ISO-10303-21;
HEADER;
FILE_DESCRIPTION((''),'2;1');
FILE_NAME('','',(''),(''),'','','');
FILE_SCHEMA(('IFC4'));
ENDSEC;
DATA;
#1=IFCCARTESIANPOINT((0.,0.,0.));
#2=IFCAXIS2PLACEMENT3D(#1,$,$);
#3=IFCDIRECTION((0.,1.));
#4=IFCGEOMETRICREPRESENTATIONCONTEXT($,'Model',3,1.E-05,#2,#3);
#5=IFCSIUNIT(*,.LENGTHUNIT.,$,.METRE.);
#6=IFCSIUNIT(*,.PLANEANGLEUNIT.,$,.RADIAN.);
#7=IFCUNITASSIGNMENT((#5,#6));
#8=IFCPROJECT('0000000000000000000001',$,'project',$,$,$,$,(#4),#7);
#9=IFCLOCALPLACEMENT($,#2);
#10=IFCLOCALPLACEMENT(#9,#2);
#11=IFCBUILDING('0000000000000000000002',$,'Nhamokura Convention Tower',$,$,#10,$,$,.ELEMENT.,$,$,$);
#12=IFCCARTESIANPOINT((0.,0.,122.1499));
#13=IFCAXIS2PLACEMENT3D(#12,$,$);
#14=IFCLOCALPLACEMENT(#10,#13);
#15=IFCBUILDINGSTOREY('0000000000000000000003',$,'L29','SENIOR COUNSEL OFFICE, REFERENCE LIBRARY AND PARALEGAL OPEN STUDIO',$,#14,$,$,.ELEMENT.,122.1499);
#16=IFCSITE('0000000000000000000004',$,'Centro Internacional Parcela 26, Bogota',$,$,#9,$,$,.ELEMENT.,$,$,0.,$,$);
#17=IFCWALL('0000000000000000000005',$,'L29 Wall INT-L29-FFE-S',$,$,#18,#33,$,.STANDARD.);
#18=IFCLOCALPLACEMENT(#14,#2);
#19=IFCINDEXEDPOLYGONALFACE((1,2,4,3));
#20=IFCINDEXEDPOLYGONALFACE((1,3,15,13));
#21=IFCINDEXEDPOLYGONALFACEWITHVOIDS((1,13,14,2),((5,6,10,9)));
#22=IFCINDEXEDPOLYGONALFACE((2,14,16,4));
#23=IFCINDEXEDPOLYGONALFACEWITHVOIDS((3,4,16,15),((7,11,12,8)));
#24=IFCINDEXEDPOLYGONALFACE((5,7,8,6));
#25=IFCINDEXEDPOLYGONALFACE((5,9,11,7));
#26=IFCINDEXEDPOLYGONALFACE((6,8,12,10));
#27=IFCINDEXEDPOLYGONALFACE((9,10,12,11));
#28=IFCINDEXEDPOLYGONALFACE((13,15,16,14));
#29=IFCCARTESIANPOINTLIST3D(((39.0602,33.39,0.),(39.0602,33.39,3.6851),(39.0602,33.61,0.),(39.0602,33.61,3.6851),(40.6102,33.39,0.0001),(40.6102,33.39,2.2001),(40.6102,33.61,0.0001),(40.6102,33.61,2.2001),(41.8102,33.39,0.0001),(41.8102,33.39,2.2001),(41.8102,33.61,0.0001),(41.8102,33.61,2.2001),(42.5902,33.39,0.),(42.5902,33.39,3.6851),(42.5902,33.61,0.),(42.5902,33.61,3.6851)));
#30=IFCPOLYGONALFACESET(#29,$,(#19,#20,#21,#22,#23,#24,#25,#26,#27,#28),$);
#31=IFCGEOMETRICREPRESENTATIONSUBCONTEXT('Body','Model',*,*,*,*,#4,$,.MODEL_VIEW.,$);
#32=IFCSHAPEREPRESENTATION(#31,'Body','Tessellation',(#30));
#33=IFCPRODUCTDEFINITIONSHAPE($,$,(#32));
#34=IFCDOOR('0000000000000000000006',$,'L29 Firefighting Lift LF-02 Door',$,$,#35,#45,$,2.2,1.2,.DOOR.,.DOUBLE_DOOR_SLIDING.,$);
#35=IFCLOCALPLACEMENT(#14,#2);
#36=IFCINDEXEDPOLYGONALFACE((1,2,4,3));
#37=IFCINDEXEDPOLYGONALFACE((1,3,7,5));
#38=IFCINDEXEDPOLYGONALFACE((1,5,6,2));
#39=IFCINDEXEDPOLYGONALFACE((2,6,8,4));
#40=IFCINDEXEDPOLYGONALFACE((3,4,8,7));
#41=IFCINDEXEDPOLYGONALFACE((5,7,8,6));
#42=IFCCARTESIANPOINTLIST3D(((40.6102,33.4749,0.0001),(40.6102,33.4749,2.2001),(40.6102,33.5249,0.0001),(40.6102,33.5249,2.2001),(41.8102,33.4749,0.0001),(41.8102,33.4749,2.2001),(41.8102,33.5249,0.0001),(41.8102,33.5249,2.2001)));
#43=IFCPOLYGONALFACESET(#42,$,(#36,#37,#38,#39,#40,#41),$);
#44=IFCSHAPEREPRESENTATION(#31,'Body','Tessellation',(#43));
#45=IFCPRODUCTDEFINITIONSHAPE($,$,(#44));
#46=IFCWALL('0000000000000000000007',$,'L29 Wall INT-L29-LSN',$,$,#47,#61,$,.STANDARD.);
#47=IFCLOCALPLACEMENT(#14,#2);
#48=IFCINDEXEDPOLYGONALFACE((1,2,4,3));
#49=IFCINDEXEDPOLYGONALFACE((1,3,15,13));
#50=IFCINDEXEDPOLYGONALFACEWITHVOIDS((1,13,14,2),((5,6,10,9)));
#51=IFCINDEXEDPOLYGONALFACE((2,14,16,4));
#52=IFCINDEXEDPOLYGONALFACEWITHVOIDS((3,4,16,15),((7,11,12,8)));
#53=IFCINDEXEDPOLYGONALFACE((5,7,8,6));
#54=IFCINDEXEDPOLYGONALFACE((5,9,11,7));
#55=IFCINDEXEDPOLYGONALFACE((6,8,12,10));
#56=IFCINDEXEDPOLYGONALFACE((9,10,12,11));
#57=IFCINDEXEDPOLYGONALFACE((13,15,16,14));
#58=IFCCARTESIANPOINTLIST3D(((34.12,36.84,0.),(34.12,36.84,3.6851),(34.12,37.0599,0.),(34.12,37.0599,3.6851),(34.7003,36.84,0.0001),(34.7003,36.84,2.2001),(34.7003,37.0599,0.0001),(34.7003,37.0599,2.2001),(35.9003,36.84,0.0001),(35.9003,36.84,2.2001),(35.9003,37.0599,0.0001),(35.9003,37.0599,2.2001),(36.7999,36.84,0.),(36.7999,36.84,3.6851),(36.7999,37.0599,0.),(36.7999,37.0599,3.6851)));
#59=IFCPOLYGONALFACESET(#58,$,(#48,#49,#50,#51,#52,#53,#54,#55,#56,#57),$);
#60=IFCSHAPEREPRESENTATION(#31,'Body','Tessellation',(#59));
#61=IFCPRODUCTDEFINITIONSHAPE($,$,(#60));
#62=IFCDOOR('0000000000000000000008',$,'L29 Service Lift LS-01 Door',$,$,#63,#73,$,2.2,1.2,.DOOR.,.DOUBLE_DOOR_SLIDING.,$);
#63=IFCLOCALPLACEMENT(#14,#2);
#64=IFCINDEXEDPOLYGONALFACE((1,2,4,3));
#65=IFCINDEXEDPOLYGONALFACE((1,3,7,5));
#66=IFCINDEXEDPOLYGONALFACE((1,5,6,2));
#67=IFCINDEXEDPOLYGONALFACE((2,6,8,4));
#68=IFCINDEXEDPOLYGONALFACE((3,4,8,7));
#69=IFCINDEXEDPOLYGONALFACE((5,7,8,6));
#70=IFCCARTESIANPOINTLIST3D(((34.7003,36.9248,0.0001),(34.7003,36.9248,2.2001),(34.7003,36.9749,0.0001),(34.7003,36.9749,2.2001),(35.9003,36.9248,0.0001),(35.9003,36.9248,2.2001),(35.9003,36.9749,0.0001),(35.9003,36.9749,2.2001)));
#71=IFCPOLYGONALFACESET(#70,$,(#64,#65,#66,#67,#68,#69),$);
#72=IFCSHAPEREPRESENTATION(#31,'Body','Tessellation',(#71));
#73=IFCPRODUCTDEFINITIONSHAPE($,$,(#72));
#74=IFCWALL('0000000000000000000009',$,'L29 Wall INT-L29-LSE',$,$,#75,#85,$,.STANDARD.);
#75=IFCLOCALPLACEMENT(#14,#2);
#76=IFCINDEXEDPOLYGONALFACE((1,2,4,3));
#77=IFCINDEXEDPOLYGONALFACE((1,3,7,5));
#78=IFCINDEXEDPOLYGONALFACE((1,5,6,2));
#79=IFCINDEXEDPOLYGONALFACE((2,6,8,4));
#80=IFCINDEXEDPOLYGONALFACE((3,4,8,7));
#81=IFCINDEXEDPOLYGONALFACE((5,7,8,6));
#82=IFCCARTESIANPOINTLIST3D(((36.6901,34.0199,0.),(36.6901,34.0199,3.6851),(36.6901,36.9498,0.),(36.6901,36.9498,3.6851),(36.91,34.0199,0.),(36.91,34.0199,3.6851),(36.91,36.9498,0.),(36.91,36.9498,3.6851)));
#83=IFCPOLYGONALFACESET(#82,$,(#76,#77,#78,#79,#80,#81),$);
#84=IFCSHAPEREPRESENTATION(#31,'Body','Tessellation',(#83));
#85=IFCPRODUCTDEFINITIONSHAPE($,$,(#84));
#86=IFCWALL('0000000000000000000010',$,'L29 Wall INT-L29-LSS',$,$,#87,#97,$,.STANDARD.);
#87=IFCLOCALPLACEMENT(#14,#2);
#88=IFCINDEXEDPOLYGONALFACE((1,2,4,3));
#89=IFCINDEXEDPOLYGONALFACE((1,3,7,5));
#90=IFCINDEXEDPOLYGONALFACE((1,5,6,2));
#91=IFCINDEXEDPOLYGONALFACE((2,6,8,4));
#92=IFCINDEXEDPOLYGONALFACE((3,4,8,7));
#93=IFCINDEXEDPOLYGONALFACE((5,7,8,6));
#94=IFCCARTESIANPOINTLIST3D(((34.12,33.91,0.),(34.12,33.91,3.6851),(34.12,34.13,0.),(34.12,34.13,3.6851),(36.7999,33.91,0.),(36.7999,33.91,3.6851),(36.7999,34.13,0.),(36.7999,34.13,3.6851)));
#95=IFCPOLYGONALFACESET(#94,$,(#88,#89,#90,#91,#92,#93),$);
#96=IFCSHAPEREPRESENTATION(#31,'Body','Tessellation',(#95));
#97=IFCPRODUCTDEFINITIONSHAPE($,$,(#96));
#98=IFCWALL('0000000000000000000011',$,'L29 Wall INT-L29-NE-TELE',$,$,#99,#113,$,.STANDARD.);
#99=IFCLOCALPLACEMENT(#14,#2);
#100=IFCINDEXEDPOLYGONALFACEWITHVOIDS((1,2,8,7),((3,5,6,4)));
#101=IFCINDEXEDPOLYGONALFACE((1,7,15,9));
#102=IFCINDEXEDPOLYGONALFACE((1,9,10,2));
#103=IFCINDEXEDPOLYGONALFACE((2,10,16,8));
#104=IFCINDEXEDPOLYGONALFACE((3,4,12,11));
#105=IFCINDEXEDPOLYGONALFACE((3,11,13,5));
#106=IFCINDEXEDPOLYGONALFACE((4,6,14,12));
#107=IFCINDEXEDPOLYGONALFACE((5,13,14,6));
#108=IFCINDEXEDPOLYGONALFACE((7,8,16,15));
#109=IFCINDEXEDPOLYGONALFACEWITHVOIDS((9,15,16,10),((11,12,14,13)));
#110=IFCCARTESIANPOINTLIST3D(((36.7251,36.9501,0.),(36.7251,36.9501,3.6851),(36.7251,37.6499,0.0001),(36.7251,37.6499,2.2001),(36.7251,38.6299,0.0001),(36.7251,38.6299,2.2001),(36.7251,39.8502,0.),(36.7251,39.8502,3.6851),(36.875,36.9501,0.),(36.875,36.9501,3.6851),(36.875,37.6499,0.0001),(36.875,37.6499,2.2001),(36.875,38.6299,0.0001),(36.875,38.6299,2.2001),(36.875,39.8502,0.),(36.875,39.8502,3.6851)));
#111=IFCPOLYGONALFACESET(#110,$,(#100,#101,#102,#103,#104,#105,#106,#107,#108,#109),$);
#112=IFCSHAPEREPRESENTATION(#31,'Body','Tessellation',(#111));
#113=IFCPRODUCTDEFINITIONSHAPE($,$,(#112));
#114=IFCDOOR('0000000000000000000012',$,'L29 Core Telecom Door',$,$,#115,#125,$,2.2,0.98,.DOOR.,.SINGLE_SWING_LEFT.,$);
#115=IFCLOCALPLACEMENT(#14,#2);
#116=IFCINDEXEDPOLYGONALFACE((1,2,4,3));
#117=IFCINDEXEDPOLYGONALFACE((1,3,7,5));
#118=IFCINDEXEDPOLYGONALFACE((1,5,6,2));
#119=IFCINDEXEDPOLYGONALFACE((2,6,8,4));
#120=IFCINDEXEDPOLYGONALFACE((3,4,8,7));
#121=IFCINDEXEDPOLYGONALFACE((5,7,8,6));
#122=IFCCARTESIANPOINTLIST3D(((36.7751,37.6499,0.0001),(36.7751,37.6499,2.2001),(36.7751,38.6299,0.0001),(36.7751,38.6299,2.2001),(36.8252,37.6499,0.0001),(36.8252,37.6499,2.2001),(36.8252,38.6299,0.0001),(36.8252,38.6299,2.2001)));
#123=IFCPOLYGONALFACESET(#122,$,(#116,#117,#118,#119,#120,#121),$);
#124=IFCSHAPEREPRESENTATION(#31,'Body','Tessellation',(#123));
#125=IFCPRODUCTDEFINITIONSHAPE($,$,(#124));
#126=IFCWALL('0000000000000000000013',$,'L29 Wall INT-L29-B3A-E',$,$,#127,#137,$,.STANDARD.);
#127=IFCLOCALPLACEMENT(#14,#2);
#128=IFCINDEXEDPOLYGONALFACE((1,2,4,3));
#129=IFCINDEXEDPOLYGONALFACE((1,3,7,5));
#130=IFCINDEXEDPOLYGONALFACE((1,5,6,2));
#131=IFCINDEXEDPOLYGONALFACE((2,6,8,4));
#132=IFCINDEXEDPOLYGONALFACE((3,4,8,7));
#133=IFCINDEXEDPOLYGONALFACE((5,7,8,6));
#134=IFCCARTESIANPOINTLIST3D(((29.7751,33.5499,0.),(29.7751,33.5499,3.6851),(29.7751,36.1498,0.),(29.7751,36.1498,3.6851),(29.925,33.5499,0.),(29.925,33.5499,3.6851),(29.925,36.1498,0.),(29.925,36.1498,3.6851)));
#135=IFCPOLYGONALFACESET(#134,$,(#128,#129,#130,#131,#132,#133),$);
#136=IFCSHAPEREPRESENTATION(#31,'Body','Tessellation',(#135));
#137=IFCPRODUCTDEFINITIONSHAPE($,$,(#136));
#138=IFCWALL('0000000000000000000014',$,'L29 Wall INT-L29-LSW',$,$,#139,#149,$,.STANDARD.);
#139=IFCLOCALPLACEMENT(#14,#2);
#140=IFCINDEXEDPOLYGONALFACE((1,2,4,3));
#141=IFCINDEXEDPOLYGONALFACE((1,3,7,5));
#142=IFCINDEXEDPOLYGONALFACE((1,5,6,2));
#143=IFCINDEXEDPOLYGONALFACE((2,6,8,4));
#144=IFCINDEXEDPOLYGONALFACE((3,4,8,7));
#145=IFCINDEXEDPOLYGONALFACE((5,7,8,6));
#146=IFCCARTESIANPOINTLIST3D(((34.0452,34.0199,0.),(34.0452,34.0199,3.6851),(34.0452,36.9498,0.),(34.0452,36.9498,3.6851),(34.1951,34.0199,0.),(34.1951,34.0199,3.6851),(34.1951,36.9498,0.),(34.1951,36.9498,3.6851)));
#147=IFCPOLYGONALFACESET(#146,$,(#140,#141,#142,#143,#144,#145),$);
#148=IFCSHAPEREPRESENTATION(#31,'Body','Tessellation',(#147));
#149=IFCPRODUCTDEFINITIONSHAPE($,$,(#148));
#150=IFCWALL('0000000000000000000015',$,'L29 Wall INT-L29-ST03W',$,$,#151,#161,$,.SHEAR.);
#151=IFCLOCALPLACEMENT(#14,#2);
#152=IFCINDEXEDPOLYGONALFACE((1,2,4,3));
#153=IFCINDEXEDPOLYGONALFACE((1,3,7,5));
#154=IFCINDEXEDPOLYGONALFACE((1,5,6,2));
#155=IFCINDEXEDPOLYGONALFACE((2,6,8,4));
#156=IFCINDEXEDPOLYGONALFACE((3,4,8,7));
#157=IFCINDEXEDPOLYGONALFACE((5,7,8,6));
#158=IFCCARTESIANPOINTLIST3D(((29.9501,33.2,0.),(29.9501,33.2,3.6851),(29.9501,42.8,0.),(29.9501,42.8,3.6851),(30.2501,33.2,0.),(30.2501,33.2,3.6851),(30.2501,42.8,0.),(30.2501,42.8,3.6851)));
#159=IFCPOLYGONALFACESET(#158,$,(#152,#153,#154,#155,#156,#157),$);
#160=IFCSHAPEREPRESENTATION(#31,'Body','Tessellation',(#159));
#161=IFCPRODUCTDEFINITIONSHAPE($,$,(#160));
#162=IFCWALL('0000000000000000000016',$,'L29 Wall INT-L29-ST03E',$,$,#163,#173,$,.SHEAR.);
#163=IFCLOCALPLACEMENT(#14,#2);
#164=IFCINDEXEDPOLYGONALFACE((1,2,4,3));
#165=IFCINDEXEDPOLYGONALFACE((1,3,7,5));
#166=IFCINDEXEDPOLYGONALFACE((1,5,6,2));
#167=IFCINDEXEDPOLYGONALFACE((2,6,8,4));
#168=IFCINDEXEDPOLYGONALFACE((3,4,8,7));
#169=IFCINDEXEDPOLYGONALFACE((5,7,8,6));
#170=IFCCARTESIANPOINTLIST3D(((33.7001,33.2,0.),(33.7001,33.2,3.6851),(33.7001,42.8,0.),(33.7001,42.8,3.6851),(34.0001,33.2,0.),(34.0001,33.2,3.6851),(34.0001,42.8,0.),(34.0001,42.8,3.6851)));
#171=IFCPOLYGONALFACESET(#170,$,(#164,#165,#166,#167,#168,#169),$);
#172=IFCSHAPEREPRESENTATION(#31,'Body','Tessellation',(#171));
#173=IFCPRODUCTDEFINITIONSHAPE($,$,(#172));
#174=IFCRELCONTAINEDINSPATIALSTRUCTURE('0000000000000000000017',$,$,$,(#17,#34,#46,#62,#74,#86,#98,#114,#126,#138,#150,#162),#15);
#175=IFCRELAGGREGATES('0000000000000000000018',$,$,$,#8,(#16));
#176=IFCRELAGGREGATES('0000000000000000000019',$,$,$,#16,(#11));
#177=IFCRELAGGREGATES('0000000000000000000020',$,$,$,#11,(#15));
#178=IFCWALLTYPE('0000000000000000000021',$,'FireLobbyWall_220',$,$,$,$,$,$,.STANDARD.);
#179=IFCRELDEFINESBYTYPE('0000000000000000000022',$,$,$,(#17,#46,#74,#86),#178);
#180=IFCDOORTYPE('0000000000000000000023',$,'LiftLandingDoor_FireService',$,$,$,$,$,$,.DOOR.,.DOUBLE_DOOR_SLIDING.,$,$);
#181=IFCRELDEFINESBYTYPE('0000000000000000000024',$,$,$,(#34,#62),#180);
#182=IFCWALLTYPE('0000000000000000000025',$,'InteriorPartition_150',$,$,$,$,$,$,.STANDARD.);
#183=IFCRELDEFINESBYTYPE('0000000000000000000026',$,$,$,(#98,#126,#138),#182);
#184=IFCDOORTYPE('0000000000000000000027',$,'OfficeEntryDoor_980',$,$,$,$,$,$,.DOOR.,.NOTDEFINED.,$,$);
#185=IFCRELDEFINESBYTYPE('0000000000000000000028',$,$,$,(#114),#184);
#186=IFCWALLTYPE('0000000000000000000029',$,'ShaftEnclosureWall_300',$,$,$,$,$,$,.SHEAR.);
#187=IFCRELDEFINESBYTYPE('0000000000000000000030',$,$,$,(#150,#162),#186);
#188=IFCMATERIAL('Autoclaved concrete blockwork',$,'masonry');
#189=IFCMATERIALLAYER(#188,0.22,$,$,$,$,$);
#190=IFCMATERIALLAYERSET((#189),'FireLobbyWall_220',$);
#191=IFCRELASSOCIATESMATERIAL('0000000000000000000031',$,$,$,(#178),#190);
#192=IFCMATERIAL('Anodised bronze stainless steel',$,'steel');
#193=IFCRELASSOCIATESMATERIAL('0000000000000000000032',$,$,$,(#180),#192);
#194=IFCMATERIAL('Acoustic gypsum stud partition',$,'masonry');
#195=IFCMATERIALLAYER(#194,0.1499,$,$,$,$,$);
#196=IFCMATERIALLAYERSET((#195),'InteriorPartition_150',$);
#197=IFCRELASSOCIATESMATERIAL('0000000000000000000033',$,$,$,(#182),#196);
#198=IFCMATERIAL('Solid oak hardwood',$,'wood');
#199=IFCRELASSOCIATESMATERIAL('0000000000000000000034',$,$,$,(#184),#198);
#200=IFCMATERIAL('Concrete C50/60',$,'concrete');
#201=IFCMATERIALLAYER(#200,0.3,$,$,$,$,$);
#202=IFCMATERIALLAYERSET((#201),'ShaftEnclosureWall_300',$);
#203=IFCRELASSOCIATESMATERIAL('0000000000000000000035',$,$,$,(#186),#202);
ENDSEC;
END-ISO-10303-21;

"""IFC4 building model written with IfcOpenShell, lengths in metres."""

from ifc_helpers import new_model, si_unit, direction, frame, frame_2d, origin, place, context, subcontext, project, spatial, rectangle, extrude, material, layer, layer_set, type_object, element, fill, save


model = new_model("IFC4")

# Units and contexts
model_context = context("Model", 3, precision=1e-05, world=origin(), true_north=direction((0.0, 1.0)))
body_context = subcontext(model_context, "Body", "Model", "MODEL_VIEW")
ifc_project = project(units=[si_unit("LENGTHUNIT", "METRE"), si_unit("PLANEANGLEUNIT", "RADIAN")], contexts=[model_context])

# Site, building, storey
site_placement = place(None, origin())
site = spatial("IfcSite", under=ifc_project, at=site_placement, Name="Centro Internacional Parcela 26, Bogota", CompositionType="ELEMENT", RefElevation=0.0)
building_placement = place(site_placement, origin())
building = spatial("IfcBuilding", under=site, at=building_placement, Name="Nhamokura Convention Tower", CompositionType="ELEMENT")
storey_placement = place(building_placement, frame((0.0, 0.0, 122.1499)))
storey = spatial("IfcBuildingStorey", under=building, at=storey_placement, Name="L29", Description="SENIOR COUNSEL OFFICE, REFERENCE LIBRARY AND PARALEGAL OPEN STUDIO", CompositionType="ELEMENT", Elevation=122.1499)

# Walls, openings, doors
ifc_material_1 = material(Name="Autoclaved concrete blockwork", Category="masonry")
ifc_layer_1 = layer(ifc_material_1, 0.22)
ifc_layer_set_1 = layer_set([ifc_layer_1], Name="FireLobbyWall_220")
wall_type_1 = type_object("IfcWallType", Name="FireLobbyWall_220", PredefinedType="STANDARD", material=ifc_layer_set_1)
wall_1_placement = place(storey_placement, frame((39.0601, 33.5, 0.0), z_axis=(0.0, 0.0, 1.0), x_axis=(1.0, 0.0, 0.0)))
wall_1 = element("IfcWall", 1, at=wall_1_placement, inside=storey, type_object=wall_type_1, Name="L29 Wall INT-L29-FFE-S", PredefinedType="STANDARD", context=body_context, shape_type="SweptSolid", body=[
    extrude(rectangle(XDim=3.53, YDim=0.22, at=frame_2d((1.7651, 0.0))), origin(), (0.0, 0.0, 1.0), 3.6851),
])
opening_1_placement = place(wall_1_placement, frame((1.55, 0.0, 0.0)))
opening_1 = element("IfcOpeningElement", 2, at=opening_1_placement, cuts=wall_1, PredefinedType="OPENING", context=body_context, shape_type="SweptSolid", body=[
    extrude(rectangle(XDim=1.2, YDim=2.2, at=frame_2d((0.6001, 1.1001))), frame((0.0, 0.1199, 0.0), z_axis=(0.0, -1.0, 0.0), x_axis=(1.0, 0.0, 0.0)), (0.0, 0.0, 1.0), 0.24),
])
ifc_material_2 = material(Name="Anodised bronze stainless steel", Category="steel")
door_type_1 = type_object("IfcDoorType", Name="LiftLandingDoor_FireService", OperationType="DOUBLE_DOOR_SLIDING", PredefinedType="DOOR", material=ifc_material_2)
door_1_placement = place(opening_1_placement, origin())
door_1 = element("IfcDoor", 3, at=door_1_placement, inside=storey, type_object=door_type_1, Name="L29 Firefighting Lift LF-02 Door", OperationType="DOUBLE_DOOR_SLIDING", OverallHeight=2.2, OverallWidth=1.2, PredefinedType="DOOR", context=body_context, shape_type="SweptSolid", body=[
    extrude(rectangle(XDim=1.2, YDim=2.2, at=frame_2d((0.6001, 1.1001))), frame((0.0, 0.0249, 0.0), z_axis=(0.0, -1.0, 0.0), x_axis=(1.0, 0.0, 0.0)), (0.0, 0.0, 1.0), 0.05),
])
fill(opening_1, door_1)
wall_2_placement = place(storey_placement, frame((34.1201, 36.95, 0.0), z_axis=(0.0, 0.0, 1.0), x_axis=(1.0, 0.0, 0.0)))
wall_2 = element("IfcWall", 4, at=wall_2_placement, inside=storey, type_object=wall_type_1, Name="L29 Wall INT-L29-LSN", PredefinedType="STANDARD", context=body_context, shape_type="SweptSolid", body=[
    extrude(rectangle(XDim=2.6799, YDim=0.22, at=frame_2d((1.3398, 0.0))), origin(), (0.0, 0.0, 1.0), 3.6851),
])
opening_2_placement = place(wall_2_placement, frame((0.5801, 0.0, 0.0)))
opening_2 = element("IfcOpeningElement", 5, at=opening_2_placement, cuts=wall_2, PredefinedType="OPENING", context=body_context, shape_type="SweptSolid", body=[
    extrude(rectangle(XDim=1.2, YDim=2.2, at=frame_2d((0.6001, 1.1001))), frame((0.0, 0.1199, 0.0), z_axis=(0.0, -1.0, 0.0), x_axis=(1.0, 0.0, 0.0)), (0.0, 0.0, 1.0), 0.24),
])
door_2_placement = place(opening_2_placement, origin())
door_2 = element("IfcDoor", 6, at=door_2_placement, inside=storey, type_object=door_type_1, Name="L29 Service Lift LS-01 Door", OperationType="DOUBLE_DOOR_SLIDING", OverallHeight=2.2, OverallWidth=1.2, PredefinedType="DOOR", context=body_context, shape_type="SweptSolid", body=[
    extrude(rectangle(XDim=1.2, YDim=2.2, at=frame_2d((0.6001, 1.1001))), frame((0.0, 0.0249, 0.0), z_axis=(0.0, -1.0, 0.0), x_axis=(1.0, 0.0, 0.0)), (0.0, 0.0, 1.0), 0.05),
])
fill(opening_2, door_2)

# Walls
wall_3_placement = place(storey_placement, frame((36.8, 34.02, 0.0), z_axis=(0.0, 0.0, 1.0), x_axis=(0.0, 1.0, 0.0)))
element("IfcWall", 7, at=wall_3_placement, inside=storey, type_object=wall_type_1, Name="L29 Wall INT-L29-LSE", PredefinedType="STANDARD", context=body_context, shape_type="SweptSolid", body=[
    extrude(rectangle(XDim=2.9299, YDim=0.22, at=frame_2d((1.4648, 0.0))), origin(), (0.0, 0.0, 1.0), 3.6851),
])
wall_4_placement = place(storey_placement, frame((34.1201, 34.02, 0.0), z_axis=(0.0, 0.0, 1.0), x_axis=(1.0, 0.0, 0.0)))
element("IfcWall", 8, at=wall_4_placement, inside=storey, type_object=wall_type_1, Name="L29 Wall INT-L29-LSS", PredefinedType="STANDARD", context=body_context, shape_type="SweptSolid", body=[
    extrude(rectangle(XDim=2.6799, YDim=0.22, at=frame_2d((1.3398, 0.0))), origin(), (0.0, 0.0, 1.0), 3.6851),
])

# Wall, opening, door
ifc_material_3 = material(Name="Acoustic gypsum stud partition", Category="masonry")
ifc_layer_2 = layer(ifc_material_3, 0.1499)
ifc_layer_set_2 = layer_set([ifc_layer_2], Name="InteriorPartition_150")
wall_type_2 = type_object("IfcWallType", Name="InteriorPartition_150", PredefinedType="STANDARD", material=ifc_layer_set_2)
wall_5_placement = place(storey_placement, frame((36.8, 36.95, 0.0), z_axis=(0.0, 0.0, 1.0), x_axis=(0.0, 1.0, 0.0)))
wall_5 = element("IfcWall", 9, at=wall_5_placement, inside=storey, type_object=wall_type_2, Name="L29 Wall INT-L29-NE-TELE", PredefinedType="STANDARD", context=body_context, shape_type="SweptSolid", body=[
    extrude(rectangle(XDim=2.9001, YDim=0.1499, at=frame_2d((1.4502, 0.0))), origin(), (0.0, 0.0, 1.0), 3.6851),
])
opening_3_placement = place(wall_5_placement, frame((0.7, 0.0, 0.0)))
opening_3 = element("IfcOpeningElement", 10, at=opening_3_placement, cuts=wall_5, PredefinedType="OPENING", context=body_context, shape_type="SweptSolid", body=[
    extrude(rectangle(XDim=0.98, YDim=2.2, at=frame_2d((0.49, 1.1001))), frame((0.0, 0.085, 0.0), z_axis=(0.0, -1.0, 0.0), x_axis=(1.0, 0.0, 0.0)), (0.0, 0.0, 1.0), 0.1699),
])
ifc_material_4 = material(Name="Solid oak hardwood", Category="wood")
door_type_2 = type_object("IfcDoorType", Name="OfficeEntryDoor_980", OperationType="NOTDEFINED", PredefinedType="DOOR", material=ifc_material_4)
door_3_placement = place(opening_3_placement, origin())
door_3 = element("IfcDoor", 11, at=door_3_placement, inside=storey, type_object=door_type_2, Name="L29 Core Telecom Door", OperationType="SINGLE_SWING_LEFT", OverallHeight=2.2, OverallWidth=0.98, PredefinedType="DOOR", context=body_context, shape_type="SweptSolid", body=[
    extrude(rectangle(XDim=0.98, YDim=2.2, at=frame_2d((0.49, 1.1001))), frame((0.0, 0.0249, 0.0), z_axis=(0.0, -1.0, 0.0), x_axis=(1.0, 0.0, 0.0)), (0.0, 0.0, 1.0), 0.05),
])
fill(opening_3, door_3)

# Walls
wall_6_placement = place(storey_placement, frame((29.8501, 33.55, 0.0), z_axis=(0.0, 0.0, 1.0), x_axis=(0.0, 1.0, 0.0)))
element("IfcWall", 12, at=wall_6_placement, inside=storey, type_object=wall_type_2, Name="L29 Wall INT-L29-B3A-E", PredefinedType="STANDARD", context=body_context, shape_type="SweptSolid", body=[
    extrude(rectangle(XDim=2.5999, YDim=0.1499, at=frame_2d((1.2998, 0.0))), origin(), (0.0, 0.0, 1.0), 3.6851),
])
wall_7_placement = place(storey_placement, frame((34.1201, 34.02, 0.0), z_axis=(0.0, 0.0, 1.0), x_axis=(0.0, 1.0, 0.0)))
element("IfcWall", 13, at=wall_7_placement, inside=storey, type_object=wall_type_2, Name="L29 Wall INT-L29-LSW", PredefinedType="STANDARD", context=body_context, shape_type="SweptSolid", body=[
    extrude(rectangle(XDim=2.9299, YDim=0.1499, at=frame_2d((1.4648, 0.0))), origin(), (0.0, 0.0, 1.0), 3.6851),
])
ifc_material_5 = material(Name="Concrete C50/60", Category="concrete")
ifc_layer_3 = layer(ifc_material_5, 0.3)
ifc_layer_set_3 = layer_set([ifc_layer_3], Name="ShaftEnclosureWall_300")
wall_type_3 = type_object("IfcWallType", Name="ShaftEnclosureWall_300", PredefinedType="SHEAR", material=ifc_layer_set_3)
for number, where, z_axis, x_axis, name in (
    (14, (30.1001, 33.2, 0.0), (0.0, 0.0, 1.0), (0.0, 1.0, 0.0), "L29 Wall INT-L29-ST03W"),
    (15, (33.8501, 33.2, 0.0), (0.0, 0.0, 1.0), (0.0, 1.0, 0.0), "L29 Wall INT-L29-ST03E"),
):
    element("IfcWall", number, at=place(storey_placement, frame(where, z_axis=z_axis, x_axis=x_axis)), inside=storey, type_object=wall_type_3, Name=name, PredefinedType="SHEAR", context=body_context, shape_type="SweptSolid", body=[
        extrude(rectangle(XDim=9.6001, YDim=0.3, at=frame_2d((4.8, 0.0))), origin(), (0.0, 0.0, 1.0), 3.6851),
    ])

save(model, "model.ifc")
